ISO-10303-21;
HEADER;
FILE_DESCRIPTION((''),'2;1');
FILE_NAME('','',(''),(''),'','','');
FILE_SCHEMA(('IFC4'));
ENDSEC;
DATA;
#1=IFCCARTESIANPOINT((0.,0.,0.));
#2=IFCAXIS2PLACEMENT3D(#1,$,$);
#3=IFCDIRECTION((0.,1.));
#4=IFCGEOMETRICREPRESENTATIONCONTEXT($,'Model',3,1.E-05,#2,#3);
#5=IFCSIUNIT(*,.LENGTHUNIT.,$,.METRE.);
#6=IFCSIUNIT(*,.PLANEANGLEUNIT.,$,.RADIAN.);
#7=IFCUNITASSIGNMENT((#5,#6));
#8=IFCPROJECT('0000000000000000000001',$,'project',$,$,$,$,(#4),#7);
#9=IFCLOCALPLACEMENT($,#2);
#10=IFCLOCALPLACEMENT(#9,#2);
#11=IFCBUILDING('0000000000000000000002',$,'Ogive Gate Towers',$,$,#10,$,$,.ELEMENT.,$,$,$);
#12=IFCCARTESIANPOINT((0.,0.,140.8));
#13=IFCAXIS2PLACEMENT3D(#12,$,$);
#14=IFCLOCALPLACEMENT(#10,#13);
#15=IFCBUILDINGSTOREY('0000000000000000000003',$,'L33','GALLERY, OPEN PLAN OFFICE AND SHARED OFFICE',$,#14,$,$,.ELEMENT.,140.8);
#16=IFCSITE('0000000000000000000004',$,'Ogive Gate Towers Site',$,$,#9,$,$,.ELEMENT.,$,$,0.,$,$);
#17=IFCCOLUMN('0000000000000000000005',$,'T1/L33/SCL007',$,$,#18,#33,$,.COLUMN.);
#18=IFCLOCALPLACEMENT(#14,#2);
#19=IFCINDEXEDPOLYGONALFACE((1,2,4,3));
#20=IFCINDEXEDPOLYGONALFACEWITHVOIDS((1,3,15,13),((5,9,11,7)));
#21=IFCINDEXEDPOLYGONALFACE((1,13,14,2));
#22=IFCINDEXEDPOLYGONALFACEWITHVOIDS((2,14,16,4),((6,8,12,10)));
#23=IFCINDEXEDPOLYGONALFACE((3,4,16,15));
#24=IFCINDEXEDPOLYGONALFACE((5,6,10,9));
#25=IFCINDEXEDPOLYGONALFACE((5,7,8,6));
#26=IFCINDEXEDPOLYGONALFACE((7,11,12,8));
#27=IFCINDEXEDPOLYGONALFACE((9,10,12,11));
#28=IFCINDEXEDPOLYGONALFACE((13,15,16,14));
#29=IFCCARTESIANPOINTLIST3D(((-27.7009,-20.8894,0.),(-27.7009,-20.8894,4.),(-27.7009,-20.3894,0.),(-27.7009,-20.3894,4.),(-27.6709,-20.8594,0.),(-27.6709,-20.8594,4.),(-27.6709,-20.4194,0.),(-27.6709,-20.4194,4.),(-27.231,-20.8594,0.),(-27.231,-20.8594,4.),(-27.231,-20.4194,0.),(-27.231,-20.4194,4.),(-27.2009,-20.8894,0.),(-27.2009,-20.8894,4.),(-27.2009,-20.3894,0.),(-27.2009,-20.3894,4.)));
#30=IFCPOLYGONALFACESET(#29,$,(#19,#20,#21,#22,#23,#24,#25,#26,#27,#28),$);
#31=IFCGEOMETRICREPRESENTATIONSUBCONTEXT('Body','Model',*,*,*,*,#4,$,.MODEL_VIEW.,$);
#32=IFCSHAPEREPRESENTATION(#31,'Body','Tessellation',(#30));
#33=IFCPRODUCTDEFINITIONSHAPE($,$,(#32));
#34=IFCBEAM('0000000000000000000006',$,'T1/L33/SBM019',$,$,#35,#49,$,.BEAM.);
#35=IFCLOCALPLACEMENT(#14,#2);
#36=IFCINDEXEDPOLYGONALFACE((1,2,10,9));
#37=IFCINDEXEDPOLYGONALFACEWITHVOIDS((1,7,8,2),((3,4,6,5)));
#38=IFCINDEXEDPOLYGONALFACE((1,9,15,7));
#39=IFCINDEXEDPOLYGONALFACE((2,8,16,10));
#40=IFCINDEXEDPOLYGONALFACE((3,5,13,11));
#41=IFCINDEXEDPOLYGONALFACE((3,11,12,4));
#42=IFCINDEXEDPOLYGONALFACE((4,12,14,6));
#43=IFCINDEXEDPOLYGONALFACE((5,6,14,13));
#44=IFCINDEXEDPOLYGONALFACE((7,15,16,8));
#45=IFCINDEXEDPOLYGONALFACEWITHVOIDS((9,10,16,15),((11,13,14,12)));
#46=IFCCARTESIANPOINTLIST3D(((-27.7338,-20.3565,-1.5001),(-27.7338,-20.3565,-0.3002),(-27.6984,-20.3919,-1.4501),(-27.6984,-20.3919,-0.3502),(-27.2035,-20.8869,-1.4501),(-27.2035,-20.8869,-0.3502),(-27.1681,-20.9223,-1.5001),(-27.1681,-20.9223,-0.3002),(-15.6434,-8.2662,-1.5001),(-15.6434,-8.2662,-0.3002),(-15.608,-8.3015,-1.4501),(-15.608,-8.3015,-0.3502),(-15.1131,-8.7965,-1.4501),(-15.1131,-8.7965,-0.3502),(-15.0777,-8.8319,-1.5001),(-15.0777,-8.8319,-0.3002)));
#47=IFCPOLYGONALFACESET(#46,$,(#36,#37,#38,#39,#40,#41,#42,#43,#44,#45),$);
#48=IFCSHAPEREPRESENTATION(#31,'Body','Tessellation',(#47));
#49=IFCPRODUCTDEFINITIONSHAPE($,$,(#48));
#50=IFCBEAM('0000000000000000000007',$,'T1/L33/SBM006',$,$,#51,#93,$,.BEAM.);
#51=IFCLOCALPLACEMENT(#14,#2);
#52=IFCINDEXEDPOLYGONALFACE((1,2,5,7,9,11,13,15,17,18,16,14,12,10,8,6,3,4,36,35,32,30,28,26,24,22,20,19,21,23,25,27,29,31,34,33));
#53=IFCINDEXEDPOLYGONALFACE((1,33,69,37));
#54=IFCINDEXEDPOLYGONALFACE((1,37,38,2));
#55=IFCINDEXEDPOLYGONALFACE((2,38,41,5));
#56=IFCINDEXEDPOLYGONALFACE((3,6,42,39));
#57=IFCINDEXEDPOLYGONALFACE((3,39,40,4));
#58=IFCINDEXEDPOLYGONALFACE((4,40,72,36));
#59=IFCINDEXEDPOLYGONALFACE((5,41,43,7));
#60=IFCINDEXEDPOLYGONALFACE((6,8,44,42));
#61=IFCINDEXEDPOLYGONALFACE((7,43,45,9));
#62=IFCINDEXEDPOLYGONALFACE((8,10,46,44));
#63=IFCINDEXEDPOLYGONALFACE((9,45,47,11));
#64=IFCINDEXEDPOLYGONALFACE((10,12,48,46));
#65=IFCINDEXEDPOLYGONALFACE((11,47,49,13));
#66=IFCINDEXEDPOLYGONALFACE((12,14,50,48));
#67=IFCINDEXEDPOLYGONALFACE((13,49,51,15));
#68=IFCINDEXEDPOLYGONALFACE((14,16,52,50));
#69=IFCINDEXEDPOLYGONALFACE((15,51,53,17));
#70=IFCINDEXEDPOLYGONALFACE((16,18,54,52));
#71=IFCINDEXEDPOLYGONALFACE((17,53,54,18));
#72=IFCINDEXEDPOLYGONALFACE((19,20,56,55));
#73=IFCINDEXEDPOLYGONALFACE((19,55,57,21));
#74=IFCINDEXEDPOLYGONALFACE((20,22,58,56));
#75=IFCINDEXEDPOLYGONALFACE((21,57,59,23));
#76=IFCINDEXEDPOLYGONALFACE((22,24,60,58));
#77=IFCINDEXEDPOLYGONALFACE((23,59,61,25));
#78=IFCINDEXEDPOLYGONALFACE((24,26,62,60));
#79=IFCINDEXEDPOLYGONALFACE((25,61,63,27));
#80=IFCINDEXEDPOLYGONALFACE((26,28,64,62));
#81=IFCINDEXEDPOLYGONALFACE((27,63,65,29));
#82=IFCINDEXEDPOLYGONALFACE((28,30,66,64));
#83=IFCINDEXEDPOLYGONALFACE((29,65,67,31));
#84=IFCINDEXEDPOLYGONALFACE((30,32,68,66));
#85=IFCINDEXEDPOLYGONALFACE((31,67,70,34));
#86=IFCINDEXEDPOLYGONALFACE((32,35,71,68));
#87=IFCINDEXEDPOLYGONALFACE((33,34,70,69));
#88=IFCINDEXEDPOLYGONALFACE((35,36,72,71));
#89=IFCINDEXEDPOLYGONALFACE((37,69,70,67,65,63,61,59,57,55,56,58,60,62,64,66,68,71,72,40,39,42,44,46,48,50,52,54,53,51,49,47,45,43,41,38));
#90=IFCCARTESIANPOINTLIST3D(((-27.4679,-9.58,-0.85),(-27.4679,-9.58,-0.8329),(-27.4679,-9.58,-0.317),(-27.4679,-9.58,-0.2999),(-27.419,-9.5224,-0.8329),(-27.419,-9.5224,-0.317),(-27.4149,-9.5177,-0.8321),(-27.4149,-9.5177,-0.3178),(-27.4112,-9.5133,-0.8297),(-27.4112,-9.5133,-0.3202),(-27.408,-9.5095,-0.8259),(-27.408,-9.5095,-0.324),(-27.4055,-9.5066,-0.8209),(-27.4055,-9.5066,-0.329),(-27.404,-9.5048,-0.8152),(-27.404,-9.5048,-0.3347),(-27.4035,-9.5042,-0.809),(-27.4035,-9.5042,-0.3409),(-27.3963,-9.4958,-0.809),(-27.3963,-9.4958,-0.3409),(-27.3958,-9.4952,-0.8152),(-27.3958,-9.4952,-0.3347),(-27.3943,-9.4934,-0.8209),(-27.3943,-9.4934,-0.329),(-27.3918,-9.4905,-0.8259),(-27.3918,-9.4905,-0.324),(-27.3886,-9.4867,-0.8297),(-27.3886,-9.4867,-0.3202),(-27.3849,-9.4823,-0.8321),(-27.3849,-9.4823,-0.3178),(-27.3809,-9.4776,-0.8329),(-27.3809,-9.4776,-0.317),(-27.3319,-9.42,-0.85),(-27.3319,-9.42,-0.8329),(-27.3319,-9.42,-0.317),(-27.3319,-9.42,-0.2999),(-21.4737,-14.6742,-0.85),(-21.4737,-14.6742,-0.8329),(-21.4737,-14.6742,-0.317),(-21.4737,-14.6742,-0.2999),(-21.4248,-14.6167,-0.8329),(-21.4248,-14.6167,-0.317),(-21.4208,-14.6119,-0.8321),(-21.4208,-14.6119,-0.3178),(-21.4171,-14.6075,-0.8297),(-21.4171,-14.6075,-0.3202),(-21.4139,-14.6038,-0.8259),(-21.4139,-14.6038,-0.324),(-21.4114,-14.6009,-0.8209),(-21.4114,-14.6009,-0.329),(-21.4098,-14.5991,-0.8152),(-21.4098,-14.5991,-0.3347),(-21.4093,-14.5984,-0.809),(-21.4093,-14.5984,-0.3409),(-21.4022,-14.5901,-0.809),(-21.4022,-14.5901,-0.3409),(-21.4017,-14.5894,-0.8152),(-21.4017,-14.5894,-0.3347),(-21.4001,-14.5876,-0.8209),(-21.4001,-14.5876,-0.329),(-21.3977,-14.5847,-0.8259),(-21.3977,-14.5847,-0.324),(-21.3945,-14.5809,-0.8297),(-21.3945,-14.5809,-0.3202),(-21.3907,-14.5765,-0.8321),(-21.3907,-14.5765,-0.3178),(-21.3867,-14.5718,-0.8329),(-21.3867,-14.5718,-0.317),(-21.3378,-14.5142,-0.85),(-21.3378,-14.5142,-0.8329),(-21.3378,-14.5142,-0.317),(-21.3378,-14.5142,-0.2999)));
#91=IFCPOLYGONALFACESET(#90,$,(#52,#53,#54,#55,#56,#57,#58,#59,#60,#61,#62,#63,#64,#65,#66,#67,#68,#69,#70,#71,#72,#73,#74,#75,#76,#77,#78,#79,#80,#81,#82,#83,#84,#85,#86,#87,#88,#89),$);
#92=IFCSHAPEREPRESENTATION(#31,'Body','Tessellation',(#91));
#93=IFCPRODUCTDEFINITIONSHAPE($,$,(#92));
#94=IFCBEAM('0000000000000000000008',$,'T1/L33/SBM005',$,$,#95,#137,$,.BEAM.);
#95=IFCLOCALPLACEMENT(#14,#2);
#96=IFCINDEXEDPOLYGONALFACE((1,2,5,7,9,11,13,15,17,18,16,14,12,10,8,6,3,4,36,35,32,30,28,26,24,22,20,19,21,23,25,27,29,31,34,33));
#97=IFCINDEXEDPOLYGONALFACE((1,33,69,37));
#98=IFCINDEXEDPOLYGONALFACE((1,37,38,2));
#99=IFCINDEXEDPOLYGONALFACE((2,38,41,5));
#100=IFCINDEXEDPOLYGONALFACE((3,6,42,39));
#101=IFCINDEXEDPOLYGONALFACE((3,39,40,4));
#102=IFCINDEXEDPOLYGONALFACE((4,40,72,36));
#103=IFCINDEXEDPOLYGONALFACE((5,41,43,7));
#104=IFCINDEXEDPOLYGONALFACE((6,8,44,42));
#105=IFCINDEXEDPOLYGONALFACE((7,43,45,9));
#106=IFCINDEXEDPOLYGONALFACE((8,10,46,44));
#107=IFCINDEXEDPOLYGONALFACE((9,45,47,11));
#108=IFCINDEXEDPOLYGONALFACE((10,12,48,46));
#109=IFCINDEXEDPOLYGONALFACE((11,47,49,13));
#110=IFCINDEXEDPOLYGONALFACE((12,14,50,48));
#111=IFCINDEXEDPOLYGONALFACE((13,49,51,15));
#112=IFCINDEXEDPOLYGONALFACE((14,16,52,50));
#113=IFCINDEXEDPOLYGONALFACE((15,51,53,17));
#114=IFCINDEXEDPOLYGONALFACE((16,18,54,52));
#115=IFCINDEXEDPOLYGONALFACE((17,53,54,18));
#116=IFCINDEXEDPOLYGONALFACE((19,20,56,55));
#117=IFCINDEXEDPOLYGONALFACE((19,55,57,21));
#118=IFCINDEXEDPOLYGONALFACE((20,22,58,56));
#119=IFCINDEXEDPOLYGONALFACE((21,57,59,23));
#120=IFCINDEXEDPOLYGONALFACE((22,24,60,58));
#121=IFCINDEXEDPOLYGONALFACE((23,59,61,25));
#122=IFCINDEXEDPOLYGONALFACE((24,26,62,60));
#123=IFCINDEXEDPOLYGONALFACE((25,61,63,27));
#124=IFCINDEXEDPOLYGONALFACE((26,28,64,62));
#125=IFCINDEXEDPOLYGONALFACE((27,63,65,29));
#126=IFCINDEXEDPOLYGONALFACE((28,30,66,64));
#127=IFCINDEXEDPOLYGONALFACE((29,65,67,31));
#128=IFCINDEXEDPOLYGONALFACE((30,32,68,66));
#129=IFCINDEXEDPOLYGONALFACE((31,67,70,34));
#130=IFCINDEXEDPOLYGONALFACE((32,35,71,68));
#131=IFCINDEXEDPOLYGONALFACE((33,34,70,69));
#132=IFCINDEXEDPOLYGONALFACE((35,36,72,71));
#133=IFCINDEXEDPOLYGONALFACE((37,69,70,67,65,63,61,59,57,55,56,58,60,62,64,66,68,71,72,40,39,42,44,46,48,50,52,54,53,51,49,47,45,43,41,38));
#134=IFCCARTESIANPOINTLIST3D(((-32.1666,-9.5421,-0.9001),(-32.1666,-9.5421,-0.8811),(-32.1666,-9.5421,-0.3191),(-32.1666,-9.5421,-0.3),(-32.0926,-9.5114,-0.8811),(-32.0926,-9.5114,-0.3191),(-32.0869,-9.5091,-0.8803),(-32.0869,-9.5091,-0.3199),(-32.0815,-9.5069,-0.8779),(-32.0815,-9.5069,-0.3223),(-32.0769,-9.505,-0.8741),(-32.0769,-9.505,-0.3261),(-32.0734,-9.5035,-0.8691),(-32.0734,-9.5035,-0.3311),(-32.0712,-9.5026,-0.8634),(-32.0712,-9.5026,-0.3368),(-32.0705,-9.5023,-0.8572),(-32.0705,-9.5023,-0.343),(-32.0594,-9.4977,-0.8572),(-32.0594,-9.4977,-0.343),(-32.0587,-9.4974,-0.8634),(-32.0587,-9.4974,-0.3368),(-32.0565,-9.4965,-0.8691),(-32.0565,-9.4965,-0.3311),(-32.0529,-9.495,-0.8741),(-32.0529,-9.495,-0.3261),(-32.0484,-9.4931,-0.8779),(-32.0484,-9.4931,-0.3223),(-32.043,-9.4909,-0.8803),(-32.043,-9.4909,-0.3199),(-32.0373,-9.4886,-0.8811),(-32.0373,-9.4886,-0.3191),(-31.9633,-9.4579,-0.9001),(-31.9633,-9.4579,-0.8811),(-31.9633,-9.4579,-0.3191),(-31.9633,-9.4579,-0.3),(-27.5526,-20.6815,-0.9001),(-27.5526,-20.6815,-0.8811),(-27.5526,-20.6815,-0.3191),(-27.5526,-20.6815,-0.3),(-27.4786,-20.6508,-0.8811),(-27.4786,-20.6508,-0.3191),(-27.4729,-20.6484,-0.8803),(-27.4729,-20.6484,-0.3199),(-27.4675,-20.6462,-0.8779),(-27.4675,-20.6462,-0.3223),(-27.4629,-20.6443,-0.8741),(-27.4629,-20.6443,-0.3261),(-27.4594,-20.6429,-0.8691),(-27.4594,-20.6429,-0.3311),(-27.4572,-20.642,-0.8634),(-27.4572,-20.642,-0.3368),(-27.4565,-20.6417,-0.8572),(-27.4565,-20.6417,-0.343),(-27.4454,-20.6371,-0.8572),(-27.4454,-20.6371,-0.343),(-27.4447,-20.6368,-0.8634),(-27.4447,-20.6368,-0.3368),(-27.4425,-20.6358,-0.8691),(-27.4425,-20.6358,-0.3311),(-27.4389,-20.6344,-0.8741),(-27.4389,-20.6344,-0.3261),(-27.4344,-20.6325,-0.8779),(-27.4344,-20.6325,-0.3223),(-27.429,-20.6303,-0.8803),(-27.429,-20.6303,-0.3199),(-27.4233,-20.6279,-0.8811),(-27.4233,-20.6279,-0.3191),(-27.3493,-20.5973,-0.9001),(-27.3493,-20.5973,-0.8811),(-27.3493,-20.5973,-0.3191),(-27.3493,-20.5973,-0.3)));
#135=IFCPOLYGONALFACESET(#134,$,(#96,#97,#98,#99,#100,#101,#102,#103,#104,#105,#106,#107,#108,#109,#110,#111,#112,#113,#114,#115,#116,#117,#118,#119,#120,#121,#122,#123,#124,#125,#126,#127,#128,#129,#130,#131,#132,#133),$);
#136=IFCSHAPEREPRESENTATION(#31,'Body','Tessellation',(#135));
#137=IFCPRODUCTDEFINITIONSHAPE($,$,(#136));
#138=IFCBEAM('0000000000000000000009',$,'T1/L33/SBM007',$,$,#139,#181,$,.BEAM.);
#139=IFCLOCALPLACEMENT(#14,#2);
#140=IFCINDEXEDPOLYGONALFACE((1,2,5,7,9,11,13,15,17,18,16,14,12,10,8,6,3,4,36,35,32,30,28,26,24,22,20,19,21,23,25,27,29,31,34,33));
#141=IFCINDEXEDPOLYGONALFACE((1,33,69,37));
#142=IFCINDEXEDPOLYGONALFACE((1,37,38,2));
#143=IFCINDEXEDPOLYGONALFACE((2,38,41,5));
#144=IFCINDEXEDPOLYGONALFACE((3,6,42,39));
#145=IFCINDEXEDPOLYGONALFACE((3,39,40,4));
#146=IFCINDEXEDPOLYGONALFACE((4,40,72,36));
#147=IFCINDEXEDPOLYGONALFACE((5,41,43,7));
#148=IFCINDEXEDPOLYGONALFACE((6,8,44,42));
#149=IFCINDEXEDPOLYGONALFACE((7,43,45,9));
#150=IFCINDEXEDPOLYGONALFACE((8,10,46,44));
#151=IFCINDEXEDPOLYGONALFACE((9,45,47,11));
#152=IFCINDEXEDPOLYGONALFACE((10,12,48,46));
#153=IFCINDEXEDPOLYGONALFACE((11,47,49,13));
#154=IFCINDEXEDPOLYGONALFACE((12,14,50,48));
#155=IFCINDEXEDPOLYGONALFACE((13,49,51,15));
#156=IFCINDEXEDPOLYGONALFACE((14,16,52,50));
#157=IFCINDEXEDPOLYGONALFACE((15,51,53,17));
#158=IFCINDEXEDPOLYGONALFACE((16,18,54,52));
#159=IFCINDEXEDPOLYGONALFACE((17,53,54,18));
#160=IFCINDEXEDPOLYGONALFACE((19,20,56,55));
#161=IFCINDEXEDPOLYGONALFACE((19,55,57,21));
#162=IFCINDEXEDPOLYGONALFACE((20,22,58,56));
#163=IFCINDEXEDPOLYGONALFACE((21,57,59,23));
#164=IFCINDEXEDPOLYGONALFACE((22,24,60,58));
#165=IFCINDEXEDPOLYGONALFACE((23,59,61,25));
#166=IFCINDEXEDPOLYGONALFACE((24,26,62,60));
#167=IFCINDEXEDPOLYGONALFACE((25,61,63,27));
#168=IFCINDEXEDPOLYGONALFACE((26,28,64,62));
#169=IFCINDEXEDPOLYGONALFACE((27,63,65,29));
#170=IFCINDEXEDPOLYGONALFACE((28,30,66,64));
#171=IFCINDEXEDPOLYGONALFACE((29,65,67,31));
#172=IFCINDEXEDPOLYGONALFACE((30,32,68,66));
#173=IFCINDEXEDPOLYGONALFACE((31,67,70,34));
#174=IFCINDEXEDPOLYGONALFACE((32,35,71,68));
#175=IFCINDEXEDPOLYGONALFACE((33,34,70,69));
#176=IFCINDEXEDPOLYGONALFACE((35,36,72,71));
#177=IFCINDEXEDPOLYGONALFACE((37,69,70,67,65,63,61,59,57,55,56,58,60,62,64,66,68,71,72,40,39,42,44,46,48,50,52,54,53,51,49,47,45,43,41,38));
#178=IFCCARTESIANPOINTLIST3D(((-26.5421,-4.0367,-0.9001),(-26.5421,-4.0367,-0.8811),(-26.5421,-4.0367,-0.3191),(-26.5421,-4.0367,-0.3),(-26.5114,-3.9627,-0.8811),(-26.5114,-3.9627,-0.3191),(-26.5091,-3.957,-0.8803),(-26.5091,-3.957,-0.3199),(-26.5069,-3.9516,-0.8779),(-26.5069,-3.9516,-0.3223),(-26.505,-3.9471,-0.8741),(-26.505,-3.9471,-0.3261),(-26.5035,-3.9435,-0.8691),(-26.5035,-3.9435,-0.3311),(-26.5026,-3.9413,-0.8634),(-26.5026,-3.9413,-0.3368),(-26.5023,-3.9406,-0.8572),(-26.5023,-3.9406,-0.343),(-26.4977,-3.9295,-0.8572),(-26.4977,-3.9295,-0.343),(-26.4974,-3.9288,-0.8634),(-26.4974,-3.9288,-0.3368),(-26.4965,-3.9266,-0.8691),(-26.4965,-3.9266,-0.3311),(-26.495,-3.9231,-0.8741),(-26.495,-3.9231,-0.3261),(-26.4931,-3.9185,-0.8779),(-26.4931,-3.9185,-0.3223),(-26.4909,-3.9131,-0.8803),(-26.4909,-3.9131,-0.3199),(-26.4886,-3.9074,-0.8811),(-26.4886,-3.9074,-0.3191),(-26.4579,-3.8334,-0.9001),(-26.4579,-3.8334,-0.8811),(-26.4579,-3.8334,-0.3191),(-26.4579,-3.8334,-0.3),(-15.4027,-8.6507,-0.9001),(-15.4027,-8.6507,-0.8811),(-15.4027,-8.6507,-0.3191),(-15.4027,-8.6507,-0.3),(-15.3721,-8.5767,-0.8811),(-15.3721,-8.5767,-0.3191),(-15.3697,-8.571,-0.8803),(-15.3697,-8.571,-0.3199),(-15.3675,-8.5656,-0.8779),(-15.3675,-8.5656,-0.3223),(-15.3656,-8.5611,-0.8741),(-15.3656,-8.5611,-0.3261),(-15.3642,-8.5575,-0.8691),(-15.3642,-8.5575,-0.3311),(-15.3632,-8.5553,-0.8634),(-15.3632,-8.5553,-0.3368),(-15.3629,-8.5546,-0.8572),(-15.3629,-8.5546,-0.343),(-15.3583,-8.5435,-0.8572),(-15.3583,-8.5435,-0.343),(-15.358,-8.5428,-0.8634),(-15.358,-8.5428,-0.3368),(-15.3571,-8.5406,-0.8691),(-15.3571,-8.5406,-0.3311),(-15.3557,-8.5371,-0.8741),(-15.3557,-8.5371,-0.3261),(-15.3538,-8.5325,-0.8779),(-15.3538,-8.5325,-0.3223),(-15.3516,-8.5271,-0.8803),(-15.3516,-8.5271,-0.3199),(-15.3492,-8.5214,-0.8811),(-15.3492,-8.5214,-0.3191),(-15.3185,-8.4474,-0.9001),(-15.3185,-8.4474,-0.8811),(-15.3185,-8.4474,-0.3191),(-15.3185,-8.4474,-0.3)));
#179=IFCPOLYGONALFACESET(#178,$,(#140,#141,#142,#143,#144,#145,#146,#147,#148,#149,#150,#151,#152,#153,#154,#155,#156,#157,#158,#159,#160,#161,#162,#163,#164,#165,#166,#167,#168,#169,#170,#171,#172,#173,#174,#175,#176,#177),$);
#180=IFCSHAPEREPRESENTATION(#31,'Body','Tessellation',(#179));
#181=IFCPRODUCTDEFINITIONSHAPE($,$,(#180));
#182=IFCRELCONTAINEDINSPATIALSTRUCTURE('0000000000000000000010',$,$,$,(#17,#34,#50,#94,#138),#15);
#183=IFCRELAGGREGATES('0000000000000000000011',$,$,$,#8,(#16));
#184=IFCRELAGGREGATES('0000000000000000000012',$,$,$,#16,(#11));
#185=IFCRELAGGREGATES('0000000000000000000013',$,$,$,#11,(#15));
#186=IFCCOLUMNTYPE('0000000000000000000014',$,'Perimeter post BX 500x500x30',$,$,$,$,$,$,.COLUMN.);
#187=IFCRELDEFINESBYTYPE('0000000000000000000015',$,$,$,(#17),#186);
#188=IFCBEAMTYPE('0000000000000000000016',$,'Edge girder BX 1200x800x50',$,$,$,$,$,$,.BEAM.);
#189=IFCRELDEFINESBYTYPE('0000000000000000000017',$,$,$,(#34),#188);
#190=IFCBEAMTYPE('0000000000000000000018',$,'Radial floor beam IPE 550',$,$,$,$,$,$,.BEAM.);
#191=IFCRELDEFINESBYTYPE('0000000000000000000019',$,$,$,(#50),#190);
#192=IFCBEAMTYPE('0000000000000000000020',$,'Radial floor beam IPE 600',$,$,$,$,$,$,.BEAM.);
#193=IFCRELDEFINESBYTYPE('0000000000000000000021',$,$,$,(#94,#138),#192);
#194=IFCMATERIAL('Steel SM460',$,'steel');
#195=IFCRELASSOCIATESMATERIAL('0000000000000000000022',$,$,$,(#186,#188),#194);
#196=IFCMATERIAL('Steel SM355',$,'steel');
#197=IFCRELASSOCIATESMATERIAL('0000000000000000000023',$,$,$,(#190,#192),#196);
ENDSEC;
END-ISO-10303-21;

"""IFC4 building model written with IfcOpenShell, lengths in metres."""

from ifc_helpers import new_model, si_unit, direction, frame, origin, origin_2d, place, context, subcontext, project, spatial, hollow_rectangle, i_section, extrude, material, material_profile, profile_set, type_object, element, save


model = new_model("IFC4")

# Units and contexts
model_context = context("Model", 3, precision=1e-05, world=origin(), true_north=direction((0.0, 1.0)))
body_context = subcontext(model_context, "Body", "Model", "MODEL_VIEW")
ifc_project = project(units=[si_unit("LENGTHUNIT", "METRE"), si_unit("PLANEANGLEUNIT", "RADIAN")], contexts=[model_context])

# Site, building, storey
site_placement = place(None, origin())
site = spatial("IfcSite", under=ifc_project, at=site_placement, Name="Ogive Gate Towers Site", CompositionType="ELEMENT", RefElevation=0.0)
building_placement = place(site_placement, origin())
building = spatial("IfcBuilding", under=site, at=building_placement, Name="Ogive Gate Towers", CompositionType="ELEMENT")
storey_placement = place(building_placement, frame((0.0, 0.0, 140.8)))
storey = spatial("IfcBuildingStorey", under=building, at=storey_placement, Name="L33", Description="GALLERY, OPEN PLAN OFFICE AND SHARED OFFICE", CompositionType="ELEMENT", Elevation=140.8)

# Column
ifc_material_1 = material(Name="Steel SM460", Category="steel")
ifc_material_profile_1 = material_profile(ifc_material_1, hollow_rectangle(XDim=0.5, YDim=0.5, WallThickness=0.03, at=origin_2d()), Name="BX 500x500x30")
ifc_profile_set_1 = profile_set([ifc_material_profile_1], Name="Steel SM460")
column_type = type_object("IfcColumnType", Name="Perimeter post BX 500x500x30", PredefinedType="COLUMN", material=ifc_profile_set_1)
column_placement = place(storey_placement, frame((-27.4509, -20.6394, 0.0), z_axis=(0.0, 0.0, 1.0), x_axis=(1.0, 0.0, 0.0)))
element("IfcColumn", 1, at=column_placement, inside=storey, type_object=column_type, Name="T1/L33/SCL007", PredefinedType="COLUMN", context=body_context, shape_type="SweptSolid", body=[
    extrude(hollow_rectangle(XDim=0.5, YDim=0.5, WallThickness=0.03, at=origin_2d()), origin(), (0.0, 0.0, 1.0), 4.0),
])

# Beams
ifc_material_profile_2 = material_profile(ifc_material_1, hollow_rectangle(XDim=0.8, YDim=1.2, WallThickness=0.05, at=origin_2d()), Name="BX 1200x800x50")
ifc_profile_set_2 = profile_set([ifc_material_profile_2], Name="Steel SM460")
beam_type_1 = type_object("IfcBeamType", Name="Edge girder BX 1200x800x50", PredefinedType="BEAM", material=ifc_profile_set_2)
beam_1_placement = place(storey_placement, frame((-27.4509, -20.6394, -0.9001), z_axis=(0.707107, 0.707107, 0.0), x_axis=(-0.707107, 0.707107, 0.0)))
element("IfcBeam", 2, at=beam_1_placement, inside=storey, type_object=beam_type_1, Name="T1/L33/SBM019", PredefinedType="BEAM", context=body_context, shape_type="SweptSolid", body=[
    extrude(hollow_rectangle(XDim=0.8, YDim=1.2, WallThickness=0.05, at=origin_2d()), origin(), (0.0, 0.0, 1.0), 17.0984),
])
ifc_material_2 = material(Name="Steel SM355", Category="steel")
ifc_material_profile_3 = material_profile(ifc_material_2, i_section(OverallWidth=0.21, OverallDepth=0.55, WebThickness=0.011, FlangeThickness=0.0171, FilletRadius=0.0239, at=origin_2d()), Name="IPE 550")
ifc_profile_set_3 = profile_set([ifc_material_profile_3], Name="Steel SM355")
beam_type_2 = type_object("IfcBeamType", Name="Radial floor beam IPE 550", PredefinedType="BEAM", material=ifc_profile_set_3)
beam_2_placement = place(storey_placement, frame((-27.3999, -9.5, -0.575), z_axis=(0.761988, -0.647591, 0.0), x_axis=(0.647591, 0.761988, 0.0)))
element("IfcBeam", 3, at=beam_2_placement, inside=storey, type_object=beam_type_2, Name="T1/L33/SBM006", PredefinedType="BEAM", context=body_context, shape_type="SweptSolid", body=[
    extrude(i_section(OverallWidth=0.21, OverallDepth=0.55, WebThickness=0.011, FlangeThickness=0.0171, FilletRadius=0.0239, at=origin_2d()), origin(), (0.0, 0.0, 1.0), 7.8665),
])
ifc_material_profile_4 = material_profile(ifc_material_2, i_section(OverallWidth=0.22, OverallDepth=0.6001, WebThickness=0.012, FlangeThickness=0.019, FilletRadius=0.0239, at=origin_2d()), Name="IPE 600")
ifc_profile_set_4 = profile_set([ifc_material_profile_4], Name="Steel SM355")
beam_type_3 = type_object("IfcBeamType", Name="Radial floor beam IPE 600", PredefinedType="BEAM", material=ifc_profile_set_4)
for number, where, z_axis, x_axis, name in (
    (4, (-32.0649, -9.5, -0.6001), (0.382678, -0.923882, 0.0), (0.923882, 0.382678, 0.0), "T1/L33/SBM005"),
    (5, (-26.5, -3.9351, -0.6001), (0.923882, -0.382678, 0.0), (0.382678, 0.923882, 0.0), "T1/L33/SBM007"),
):
    element("IfcBeam", number, at=place(storey_placement, frame(where, z_axis=z_axis, x_axis=x_axis)), inside=storey, type_object=beam_type_3, Name=name, PredefinedType="BEAM", context=body_context, shape_type="SweptSolid", body=[
        extrude(i_section(OverallWidth=0.22, OverallDepth=0.6001, WebThickness=0.012, FlangeThickness=0.019, FilletRadius=0.0239, at=origin_2d()), origin(), (0.0, 0.0, 1.0), 12.0571),
    ])

save(model, "model.ifc")
